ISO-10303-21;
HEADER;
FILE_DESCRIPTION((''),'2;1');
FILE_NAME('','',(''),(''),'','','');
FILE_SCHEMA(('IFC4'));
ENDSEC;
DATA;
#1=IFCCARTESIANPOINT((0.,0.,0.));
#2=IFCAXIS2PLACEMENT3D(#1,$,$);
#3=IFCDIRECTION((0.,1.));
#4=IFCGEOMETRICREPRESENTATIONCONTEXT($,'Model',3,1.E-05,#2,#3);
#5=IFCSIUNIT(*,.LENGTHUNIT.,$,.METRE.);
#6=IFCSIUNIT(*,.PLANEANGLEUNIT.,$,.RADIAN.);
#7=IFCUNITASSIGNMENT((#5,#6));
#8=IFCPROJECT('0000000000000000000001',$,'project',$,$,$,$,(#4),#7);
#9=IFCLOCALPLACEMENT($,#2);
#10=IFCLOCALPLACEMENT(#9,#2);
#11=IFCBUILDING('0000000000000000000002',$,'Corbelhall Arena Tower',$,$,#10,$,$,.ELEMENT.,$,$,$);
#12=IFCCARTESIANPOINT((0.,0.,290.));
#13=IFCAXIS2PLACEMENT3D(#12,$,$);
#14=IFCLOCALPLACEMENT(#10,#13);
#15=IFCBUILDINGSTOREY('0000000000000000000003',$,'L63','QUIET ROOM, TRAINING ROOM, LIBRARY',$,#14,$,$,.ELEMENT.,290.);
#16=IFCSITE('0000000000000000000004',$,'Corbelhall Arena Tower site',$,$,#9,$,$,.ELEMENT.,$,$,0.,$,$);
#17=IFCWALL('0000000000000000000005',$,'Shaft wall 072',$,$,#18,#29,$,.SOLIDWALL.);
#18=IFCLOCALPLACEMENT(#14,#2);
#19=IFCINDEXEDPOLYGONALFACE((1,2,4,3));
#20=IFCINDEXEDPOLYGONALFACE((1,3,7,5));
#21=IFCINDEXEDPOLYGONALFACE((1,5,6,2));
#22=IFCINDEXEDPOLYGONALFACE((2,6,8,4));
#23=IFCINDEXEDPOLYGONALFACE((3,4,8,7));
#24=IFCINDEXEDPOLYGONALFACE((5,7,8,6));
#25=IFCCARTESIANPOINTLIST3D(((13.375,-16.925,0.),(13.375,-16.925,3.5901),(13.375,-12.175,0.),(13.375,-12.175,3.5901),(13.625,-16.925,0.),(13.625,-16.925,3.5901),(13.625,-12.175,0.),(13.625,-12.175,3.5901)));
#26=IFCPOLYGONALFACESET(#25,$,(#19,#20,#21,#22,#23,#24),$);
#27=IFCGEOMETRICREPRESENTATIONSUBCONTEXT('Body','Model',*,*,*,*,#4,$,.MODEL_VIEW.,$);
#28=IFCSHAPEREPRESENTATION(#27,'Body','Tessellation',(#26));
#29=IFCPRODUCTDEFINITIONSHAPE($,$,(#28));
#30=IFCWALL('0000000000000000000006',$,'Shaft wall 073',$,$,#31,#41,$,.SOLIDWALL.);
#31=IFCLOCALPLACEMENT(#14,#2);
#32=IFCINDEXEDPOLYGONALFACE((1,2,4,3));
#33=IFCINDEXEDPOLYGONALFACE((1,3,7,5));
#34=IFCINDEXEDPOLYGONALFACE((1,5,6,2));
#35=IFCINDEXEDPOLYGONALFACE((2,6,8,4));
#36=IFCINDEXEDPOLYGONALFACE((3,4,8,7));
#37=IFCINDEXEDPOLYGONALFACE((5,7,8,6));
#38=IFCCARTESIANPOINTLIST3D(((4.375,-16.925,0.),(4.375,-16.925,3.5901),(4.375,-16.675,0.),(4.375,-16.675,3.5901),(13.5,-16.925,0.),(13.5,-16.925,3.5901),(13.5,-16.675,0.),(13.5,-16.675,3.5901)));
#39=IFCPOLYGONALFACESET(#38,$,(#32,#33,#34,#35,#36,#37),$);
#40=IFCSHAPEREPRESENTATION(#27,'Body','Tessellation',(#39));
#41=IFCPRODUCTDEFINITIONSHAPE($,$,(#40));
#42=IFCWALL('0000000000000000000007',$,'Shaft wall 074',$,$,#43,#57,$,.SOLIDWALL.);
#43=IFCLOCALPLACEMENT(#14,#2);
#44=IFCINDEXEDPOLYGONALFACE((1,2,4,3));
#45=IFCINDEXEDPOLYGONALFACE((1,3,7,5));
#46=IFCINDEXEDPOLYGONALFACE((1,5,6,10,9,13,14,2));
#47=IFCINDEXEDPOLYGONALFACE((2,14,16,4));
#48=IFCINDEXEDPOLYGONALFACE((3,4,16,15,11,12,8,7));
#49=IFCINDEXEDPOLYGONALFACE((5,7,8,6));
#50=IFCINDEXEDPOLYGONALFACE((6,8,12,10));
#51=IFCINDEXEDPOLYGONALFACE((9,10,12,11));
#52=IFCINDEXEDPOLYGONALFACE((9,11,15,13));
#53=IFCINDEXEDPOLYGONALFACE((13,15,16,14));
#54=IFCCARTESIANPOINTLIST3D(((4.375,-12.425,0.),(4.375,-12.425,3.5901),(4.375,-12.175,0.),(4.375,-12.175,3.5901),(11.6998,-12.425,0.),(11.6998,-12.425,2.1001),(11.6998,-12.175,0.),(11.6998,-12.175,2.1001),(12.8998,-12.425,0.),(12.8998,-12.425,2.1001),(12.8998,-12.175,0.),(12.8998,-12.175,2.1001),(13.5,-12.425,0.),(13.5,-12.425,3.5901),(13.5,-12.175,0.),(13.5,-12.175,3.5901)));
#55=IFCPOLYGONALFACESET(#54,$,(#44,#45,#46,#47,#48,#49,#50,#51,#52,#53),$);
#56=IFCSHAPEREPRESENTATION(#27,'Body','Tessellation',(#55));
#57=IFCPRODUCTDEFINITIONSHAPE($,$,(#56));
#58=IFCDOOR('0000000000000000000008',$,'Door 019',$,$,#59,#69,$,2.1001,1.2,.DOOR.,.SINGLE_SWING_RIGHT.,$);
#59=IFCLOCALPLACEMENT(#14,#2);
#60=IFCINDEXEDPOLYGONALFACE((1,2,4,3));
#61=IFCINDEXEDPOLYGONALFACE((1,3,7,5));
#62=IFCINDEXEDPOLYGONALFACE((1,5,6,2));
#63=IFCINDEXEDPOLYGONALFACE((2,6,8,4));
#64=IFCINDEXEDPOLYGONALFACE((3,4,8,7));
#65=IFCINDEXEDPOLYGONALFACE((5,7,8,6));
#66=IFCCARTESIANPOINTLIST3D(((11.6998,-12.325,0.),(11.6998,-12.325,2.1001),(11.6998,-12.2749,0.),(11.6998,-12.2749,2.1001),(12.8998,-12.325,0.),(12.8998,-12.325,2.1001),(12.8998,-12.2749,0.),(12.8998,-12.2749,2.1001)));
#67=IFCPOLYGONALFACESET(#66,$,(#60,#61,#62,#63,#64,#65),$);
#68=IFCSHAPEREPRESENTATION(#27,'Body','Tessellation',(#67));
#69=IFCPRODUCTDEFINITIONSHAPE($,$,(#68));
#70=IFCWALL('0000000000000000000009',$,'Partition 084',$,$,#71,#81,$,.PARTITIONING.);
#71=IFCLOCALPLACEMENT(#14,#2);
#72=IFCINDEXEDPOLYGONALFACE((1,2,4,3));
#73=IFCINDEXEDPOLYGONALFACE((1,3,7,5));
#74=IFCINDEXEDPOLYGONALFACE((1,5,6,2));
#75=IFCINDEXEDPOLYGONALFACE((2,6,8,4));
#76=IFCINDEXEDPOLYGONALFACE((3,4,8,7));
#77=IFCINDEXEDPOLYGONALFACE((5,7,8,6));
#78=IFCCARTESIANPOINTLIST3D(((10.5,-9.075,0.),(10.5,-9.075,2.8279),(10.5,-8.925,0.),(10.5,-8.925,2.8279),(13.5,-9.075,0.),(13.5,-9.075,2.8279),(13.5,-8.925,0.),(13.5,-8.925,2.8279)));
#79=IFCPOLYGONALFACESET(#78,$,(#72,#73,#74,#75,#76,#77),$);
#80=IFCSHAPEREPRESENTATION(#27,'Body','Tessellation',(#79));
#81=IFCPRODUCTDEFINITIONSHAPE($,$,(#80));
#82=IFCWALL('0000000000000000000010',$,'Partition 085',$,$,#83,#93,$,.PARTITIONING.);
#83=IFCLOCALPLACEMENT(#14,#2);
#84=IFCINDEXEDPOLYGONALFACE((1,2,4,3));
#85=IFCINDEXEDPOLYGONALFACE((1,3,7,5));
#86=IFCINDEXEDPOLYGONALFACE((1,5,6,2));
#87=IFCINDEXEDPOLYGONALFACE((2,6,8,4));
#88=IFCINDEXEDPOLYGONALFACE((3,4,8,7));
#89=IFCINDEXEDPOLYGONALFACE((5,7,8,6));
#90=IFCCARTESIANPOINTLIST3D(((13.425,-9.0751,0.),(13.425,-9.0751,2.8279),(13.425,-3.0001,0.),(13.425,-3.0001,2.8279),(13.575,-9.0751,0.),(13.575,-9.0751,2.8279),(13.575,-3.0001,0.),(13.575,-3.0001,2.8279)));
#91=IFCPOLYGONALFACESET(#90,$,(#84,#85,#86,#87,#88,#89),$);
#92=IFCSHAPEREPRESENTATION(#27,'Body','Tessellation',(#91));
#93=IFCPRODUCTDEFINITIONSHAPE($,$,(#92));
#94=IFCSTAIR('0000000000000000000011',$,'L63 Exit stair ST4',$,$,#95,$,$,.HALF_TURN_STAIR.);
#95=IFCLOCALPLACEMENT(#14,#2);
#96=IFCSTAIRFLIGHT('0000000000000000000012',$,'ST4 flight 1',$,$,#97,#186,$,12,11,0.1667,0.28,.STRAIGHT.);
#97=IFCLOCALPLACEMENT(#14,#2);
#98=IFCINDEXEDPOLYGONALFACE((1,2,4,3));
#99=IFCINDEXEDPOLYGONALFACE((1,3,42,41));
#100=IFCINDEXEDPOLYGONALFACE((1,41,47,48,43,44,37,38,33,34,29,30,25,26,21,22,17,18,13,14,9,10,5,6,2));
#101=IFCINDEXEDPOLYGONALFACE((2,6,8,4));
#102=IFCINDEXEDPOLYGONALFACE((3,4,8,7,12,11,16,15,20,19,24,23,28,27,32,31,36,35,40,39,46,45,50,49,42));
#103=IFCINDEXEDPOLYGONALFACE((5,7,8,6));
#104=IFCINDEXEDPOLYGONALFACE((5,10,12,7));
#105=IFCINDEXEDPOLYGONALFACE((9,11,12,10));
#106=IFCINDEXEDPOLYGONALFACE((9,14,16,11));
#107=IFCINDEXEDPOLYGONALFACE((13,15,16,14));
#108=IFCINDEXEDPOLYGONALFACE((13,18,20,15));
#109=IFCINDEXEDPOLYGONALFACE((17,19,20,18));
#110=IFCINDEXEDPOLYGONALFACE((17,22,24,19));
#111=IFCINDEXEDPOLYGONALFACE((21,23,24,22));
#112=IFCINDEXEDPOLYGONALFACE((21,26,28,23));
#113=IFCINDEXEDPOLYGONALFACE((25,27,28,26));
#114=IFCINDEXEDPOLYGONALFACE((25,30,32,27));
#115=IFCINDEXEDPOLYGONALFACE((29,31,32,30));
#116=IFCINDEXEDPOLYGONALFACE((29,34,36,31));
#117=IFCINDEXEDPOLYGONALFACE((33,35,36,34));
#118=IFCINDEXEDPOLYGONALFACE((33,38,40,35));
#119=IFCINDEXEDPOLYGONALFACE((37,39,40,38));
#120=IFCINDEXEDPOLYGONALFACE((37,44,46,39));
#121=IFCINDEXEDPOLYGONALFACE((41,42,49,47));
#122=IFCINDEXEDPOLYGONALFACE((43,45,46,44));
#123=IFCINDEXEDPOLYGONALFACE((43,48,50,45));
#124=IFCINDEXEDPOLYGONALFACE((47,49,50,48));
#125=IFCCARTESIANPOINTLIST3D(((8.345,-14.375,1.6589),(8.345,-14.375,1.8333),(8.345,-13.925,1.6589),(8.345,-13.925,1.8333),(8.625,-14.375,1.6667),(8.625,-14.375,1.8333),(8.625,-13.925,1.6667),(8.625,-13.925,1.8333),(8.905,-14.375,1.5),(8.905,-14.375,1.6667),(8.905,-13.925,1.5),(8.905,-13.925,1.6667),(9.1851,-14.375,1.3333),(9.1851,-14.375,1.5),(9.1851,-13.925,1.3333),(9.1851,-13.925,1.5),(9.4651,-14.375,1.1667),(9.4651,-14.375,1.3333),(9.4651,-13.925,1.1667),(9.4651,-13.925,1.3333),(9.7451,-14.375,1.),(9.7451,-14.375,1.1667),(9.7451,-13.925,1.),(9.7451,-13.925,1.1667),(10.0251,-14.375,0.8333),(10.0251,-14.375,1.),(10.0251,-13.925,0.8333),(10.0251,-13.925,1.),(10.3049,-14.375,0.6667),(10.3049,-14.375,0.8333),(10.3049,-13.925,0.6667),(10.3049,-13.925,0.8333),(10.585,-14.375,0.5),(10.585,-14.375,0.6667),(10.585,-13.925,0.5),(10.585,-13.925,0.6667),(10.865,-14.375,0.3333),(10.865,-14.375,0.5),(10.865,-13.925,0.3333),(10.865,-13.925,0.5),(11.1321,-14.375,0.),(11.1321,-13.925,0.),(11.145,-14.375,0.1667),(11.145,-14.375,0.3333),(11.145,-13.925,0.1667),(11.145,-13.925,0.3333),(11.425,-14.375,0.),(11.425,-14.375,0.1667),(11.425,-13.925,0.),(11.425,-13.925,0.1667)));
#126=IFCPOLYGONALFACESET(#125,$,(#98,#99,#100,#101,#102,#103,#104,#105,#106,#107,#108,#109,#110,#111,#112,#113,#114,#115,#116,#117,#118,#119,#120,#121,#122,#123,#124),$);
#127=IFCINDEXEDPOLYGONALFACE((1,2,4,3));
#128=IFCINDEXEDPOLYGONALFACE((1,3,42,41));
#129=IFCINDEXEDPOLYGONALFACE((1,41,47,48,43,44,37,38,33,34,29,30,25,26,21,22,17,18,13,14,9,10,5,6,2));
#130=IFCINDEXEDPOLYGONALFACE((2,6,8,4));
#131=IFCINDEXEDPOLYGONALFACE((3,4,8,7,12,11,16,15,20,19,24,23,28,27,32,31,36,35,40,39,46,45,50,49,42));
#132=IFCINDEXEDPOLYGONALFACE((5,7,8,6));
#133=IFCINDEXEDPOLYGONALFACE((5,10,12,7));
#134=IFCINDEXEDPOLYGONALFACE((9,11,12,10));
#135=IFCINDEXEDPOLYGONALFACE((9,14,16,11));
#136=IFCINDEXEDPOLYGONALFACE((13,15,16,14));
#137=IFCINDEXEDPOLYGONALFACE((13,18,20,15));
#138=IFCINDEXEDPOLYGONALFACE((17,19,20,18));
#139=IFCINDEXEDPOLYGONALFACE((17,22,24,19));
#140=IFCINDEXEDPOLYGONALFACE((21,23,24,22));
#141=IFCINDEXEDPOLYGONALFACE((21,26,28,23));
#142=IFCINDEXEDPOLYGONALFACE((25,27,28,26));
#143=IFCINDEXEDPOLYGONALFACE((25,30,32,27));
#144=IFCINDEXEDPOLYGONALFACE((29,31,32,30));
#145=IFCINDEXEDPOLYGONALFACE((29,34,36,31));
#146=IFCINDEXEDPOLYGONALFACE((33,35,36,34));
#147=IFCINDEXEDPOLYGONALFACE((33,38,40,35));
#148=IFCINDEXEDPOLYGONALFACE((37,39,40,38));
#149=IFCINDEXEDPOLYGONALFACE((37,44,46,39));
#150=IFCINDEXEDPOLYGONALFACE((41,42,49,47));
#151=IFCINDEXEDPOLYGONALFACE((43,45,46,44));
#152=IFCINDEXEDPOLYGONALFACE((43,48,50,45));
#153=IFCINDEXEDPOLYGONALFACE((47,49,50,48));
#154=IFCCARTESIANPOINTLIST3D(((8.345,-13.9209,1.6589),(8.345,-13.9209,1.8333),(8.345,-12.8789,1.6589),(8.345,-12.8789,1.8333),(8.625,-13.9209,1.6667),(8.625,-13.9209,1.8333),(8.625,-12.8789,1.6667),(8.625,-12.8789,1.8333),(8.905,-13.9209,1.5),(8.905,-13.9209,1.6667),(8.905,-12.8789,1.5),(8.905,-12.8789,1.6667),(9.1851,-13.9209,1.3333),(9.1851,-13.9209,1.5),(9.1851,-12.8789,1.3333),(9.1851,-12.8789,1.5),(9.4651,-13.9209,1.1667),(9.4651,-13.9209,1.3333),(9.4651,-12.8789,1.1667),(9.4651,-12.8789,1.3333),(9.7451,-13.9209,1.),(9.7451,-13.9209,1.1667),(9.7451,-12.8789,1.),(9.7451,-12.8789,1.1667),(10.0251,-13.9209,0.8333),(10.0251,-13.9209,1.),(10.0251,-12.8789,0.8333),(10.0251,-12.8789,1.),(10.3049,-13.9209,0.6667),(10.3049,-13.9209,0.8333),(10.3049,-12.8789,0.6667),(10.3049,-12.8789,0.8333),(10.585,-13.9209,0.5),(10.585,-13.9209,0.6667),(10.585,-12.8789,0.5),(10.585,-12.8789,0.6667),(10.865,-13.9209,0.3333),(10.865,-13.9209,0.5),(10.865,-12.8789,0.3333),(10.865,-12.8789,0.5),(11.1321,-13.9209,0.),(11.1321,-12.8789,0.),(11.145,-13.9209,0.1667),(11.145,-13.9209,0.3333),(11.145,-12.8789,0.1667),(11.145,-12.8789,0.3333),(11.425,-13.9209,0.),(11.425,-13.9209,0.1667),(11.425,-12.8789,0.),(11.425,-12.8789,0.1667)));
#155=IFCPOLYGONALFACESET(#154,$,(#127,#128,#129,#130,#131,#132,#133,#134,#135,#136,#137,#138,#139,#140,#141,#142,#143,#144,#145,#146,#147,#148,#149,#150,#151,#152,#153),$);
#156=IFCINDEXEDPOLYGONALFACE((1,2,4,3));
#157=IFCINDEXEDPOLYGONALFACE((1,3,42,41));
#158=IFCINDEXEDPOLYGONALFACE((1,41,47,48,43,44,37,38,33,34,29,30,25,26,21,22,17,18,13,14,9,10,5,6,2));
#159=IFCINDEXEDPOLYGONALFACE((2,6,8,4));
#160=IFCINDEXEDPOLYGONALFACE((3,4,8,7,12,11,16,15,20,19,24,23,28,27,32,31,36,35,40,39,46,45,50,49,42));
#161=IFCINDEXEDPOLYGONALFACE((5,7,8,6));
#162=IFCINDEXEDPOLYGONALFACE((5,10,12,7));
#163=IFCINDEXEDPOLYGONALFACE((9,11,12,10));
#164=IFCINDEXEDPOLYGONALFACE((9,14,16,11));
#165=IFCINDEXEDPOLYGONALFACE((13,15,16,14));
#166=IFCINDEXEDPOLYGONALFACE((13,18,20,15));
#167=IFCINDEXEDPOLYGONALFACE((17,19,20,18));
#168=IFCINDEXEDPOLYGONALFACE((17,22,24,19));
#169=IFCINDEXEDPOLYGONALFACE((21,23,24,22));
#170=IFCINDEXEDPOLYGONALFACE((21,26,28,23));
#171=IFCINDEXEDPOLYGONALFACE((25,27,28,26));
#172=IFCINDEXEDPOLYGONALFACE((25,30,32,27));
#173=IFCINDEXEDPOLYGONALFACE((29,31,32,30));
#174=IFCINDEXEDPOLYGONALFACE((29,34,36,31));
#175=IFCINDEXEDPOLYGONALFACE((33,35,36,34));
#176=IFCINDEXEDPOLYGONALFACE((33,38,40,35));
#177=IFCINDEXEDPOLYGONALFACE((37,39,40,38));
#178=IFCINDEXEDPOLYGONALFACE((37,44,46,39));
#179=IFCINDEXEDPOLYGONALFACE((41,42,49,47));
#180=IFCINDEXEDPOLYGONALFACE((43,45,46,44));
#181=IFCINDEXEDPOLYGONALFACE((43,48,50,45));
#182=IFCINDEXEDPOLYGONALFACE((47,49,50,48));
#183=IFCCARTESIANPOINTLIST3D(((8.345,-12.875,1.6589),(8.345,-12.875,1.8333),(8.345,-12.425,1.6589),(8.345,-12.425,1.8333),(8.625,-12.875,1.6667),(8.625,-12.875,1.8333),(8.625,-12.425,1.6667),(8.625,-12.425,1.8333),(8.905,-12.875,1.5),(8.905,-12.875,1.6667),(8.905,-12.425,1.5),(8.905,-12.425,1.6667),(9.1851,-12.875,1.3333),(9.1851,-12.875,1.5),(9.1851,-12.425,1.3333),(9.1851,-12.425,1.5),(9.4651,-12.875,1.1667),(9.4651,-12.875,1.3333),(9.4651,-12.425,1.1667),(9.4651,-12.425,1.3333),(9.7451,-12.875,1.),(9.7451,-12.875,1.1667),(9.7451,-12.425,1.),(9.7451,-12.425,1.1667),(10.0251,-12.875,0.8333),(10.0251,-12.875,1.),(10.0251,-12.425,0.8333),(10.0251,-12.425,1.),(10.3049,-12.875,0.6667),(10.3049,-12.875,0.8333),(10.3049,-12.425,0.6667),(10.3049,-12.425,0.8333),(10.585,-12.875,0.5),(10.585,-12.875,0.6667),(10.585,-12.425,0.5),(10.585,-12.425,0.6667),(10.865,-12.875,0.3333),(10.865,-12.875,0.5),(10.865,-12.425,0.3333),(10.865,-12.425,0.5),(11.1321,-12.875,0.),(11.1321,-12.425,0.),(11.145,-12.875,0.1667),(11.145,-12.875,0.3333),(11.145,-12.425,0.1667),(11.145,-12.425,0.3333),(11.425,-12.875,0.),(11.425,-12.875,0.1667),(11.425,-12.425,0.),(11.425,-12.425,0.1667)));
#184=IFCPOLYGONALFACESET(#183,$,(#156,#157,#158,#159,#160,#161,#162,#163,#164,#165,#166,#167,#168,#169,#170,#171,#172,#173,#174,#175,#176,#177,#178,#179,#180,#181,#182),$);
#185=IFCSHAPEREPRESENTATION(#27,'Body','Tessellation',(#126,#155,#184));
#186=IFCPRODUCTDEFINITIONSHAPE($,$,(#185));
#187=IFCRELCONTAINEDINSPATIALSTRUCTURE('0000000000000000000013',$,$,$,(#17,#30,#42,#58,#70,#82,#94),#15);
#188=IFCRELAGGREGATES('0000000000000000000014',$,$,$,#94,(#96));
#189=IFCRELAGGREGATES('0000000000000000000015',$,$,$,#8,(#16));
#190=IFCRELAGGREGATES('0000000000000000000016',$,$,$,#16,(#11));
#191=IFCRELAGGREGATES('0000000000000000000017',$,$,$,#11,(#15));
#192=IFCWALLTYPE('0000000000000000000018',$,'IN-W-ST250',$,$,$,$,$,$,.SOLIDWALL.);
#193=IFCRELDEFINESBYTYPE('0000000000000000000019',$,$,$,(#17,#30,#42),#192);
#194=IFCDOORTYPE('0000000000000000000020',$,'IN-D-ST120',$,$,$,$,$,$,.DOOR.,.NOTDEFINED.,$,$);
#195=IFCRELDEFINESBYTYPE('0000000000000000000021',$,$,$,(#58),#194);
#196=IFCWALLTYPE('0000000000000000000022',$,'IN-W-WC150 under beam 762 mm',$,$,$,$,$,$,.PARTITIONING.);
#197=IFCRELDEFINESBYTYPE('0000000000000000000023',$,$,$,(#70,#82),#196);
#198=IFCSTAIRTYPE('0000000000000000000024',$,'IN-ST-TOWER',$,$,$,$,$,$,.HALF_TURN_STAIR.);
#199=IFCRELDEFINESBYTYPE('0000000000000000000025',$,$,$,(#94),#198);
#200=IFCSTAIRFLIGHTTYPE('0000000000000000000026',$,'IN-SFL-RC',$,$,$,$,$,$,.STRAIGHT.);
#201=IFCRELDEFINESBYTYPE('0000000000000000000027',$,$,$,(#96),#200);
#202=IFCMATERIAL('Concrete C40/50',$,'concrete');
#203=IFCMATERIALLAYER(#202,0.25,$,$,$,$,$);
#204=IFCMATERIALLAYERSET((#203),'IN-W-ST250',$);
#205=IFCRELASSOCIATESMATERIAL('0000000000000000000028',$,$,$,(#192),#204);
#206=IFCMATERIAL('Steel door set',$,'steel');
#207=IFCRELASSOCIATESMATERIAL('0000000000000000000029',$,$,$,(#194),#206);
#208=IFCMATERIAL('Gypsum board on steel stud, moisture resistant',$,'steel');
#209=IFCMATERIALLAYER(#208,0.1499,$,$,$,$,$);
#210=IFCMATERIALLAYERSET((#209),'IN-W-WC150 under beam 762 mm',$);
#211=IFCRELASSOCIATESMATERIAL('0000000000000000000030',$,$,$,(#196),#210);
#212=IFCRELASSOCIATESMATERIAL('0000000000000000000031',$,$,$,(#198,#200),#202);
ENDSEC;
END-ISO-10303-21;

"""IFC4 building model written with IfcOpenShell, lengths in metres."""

from ifc_helpers import new_model, si_unit, direction, frame, frame_2d, origin, place, context, subcontext, project, spatial, polyline, rectangle, outline, extrude, material, layer, layer_set, type_object, element, fill, aggregate, save


model = new_model("IFC4")

# Units and contexts
model_context = context("Model", 3, precision=1e-05, world=origin(), true_north=direction((0.0, 1.0)))
body_context = subcontext(model_context, "Body", "Model", "MODEL_VIEW")
ifc_project = project(units=[si_unit("LENGTHUNIT", "METRE"), si_unit("PLANEANGLEUNIT", "RADIAN")], contexts=[model_context])

# Site, building, storey
site_placement = place(None, origin())
site = spatial("IfcSite", under=ifc_project, at=site_placement, Name="Corbelhall Arena Tower site", CompositionType="ELEMENT", RefElevation=0.0)
building_placement = place(site_placement, origin())
building = spatial("IfcBuilding", under=site, at=building_placement, Name="Corbelhall Arena Tower", CompositionType="ELEMENT")
storey_placement = place(building_placement, frame((0.0, 0.0, 290.0)))
storey = spatial("IfcBuildingStorey", under=building, at=storey_placement, Name="L63", Description="QUIET ROOM, TRAINING ROOM, LIBRARY", CompositionType="ELEMENT", Elevation=290.0)

# Walls
ifc_material_1 = material(Name="Concrete C40/50", Category="concrete")
ifc_layer_1 = layer(ifc_material_1, 0.25)
ifc_layer_set_1 = layer_set([ifc_layer_1], Name="IN-W-ST250")
wall_type_1 = type_object("IfcWallType", Name="IN-W-ST250", PredefinedType="SOLIDWALL", material=ifc_layer_set_1)
wall_1_placement = place(storey_placement, frame((13.5, -16.925, 0.0), z_axis=(0.0, 0.0, 1.0), x_axis=(0.0, 1.0, 0.0)))
element("IfcWall", 1, at=wall_1_placement, inside=storey, type_object=wall_type_1, Name="Shaft wall 072", PredefinedType="SOLIDWALL", context=body_context, shape_type="SweptSolid", body=[
    extrude(rectangle(XDim=4.75, YDim=0.25, at=frame_2d((2.375, 0.0))), origin(), (0.0, 0.0, 1.0), 3.5901),
])
wall_2_placement = place(storey_placement, frame((13.5, -16.8, 0.0), z_axis=(0.0, 0.0, 1.0), x_axis=(-1.0, 0.0, 0.0)))
element("IfcWall", 2, at=wall_2_placement, inside=storey, type_object=wall_type_1, Name="Shaft wall 073", PredefinedType="SOLIDWALL", context=body_context, shape_type="SweptSolid", body=[
    extrude(rectangle(XDim=9.125, YDim=0.25, at=frame_2d((4.5625, 0.0))), origin(), (0.0, 0.0, 1.0), 3.5901),
])

# Wall, opening, door
wall_3_placement = place(storey_placement, frame((13.5, -12.3, 0.0), z_axis=(0.0, 0.0, 1.0), x_axis=(-1.0, 0.0, 0.0)))
wall_3 = element("IfcWall", 3, at=wall_3_placement, inside=storey, type_object=wall_type_1, Name="Shaft wall 074", PredefinedType="SOLIDWALL", context=body_context, shape_type="SweptSolid", body=[
    extrude(rectangle(XDim=9.125, YDim=0.25, at=frame_2d((4.5625, 0.0))), origin(), (0.0, 0.0, 1.0), 3.5901),
])
opening_1_placement = place(wall_3_placement, frame((0.6001, 0.0, 0.0)))
opening_1 = element("IfcOpeningElement", 4, at=opening_1_placement, cuts=wall_3, PredefinedType="OPENING", context=body_context, shape_type="SweptSolid", body=[
    extrude(rectangle(XDim=1.2, YDim=2.1001, at=frame_2d((0.6001, 1.05))), frame((0.0, 0.125, 0.0), z_axis=(0.0, -1.0, 0.0), x_axis=(1.0, 0.0, 0.0)), (0.0, 0.0, 1.0), 0.25),
])
ifc_material_2 = material(Name="Steel door set", Category="steel")
door_type = type_object("IfcDoorType", Name="IN-D-ST120", OperationType="NOTDEFINED", PredefinedType="DOOR", material=ifc_material_2)
door_placement = place(opening_1_placement, origin())
door = element("IfcDoor", 5, at=door_placement, inside=storey, type_object=door_type, Name="Door 019", OperationType="SINGLE_SWING_RIGHT", OverallHeight=2.1001, OverallWidth=1.2, PredefinedType="DOOR", context=body_context, shape_type="SweptSolid", body=[
    extrude(rectangle(XDim=1.2, YDim=2.1001, at=frame_2d((0.6001, 1.05))), frame((0.0, 0.0249, 0.0), z_axis=(0.0, -1.0, 0.0), x_axis=(1.0, 0.0, 0.0)), (0.0, 0.0, 1.0), 0.05),
])
fill(opening_1, door)

# Walls
ifc_material_3 = material(Name="Gypsum board on steel stud, moisture resistant", Category="steel")
ifc_layer_2 = layer(ifc_material_3, 0.1499)
ifc_layer_set_2 = layer_set([ifc_layer_2], Name="IN-W-WC150 under beam 762 mm")
wall_type_2 = type_object("IfcWallType", Name="IN-W-WC150 under beam 762 mm", PredefinedType="PARTITIONING", material=ifc_layer_set_2)
wall_4_placement = place(storey_placement, frame((13.5, -9.0, 0.0), z_axis=(0.0, 0.0, 1.0), x_axis=(-1.0, 0.0, 0.0)))
element("IfcWall", 6, at=wall_4_placement, inside=storey, type_object=wall_type_2, Name="Partition 084", PredefinedType="PARTITIONING", context=body_context, shape_type="SweptSolid", body=[
    extrude(rectangle(XDim=3.0, YDim=0.1499, at=frame_2d((1.5, 0.0))), origin(), (0.0, 0.0, 1.0), 2.8279),
])
wall_5_placement = place(storey_placement, frame((13.5, -3.0, 0.0), z_axis=(0.0, 0.0, 1.0), x_axis=(0.0, -1.0, 0.0)))
element("IfcWall", 7, at=wall_5_placement, inside=storey, type_object=wall_type_2, Name="Partition 085", PredefinedType="PARTITIONING", context=body_context, shape_type="SweptSolid", body=[
    extrude(rectangle(XDim=6.075, YDim=0.1499, at=frame_2d((3.0376, 0.0))), origin(), (0.0, 0.0, 1.0), 2.8279),
])

# Stair, stair flight
stair_type = type_object("IfcStairType", Name="IN-ST-TOWER", PredefinedType="HALF_TURN_STAIR", material=ifc_material_1)
stair_placement = place(storey_placement, origin())
stair = element("IfcStair", 8, at=stair_placement, inside=storey, type_object=stair_type, Name="L63 Exit stair ST4", PredefinedType="HALF_TURN_STAIR")
stair_flight_type = type_object("IfcStairFlightType", Name="IN-SFL-RC", PredefinedType="STRAIGHT", material=ifc_material_1)
stair_flight_placement = place(storey_placement, frame((11.425, -13.3999, 0.0), z_axis=(0.0, 0.0, 1.0), x_axis=(-1.0, 0.0, 0.0)))
stair_flight = element("IfcStairFlight", 9, at=stair_flight_placement, type_object=stair_flight_type, Name="ST4 flight 1", NumberOfRisers=12, NumberOfTreads=11, PredefinedType="STRAIGHT", RiserHeight=0.1667, TreadLength=0.28, context=body_context, shape_type="SweptSolid", body=[
    extrude(outline(polyline([(0.0, 0.0), (0.0, 0.1667), (0.28, 0.1667), (0.28, 0.3333), (0.5601, 0.3333), (0.5601, 0.5), (0.8401, 0.5), (0.8401, 0.6667), (1.1201, 0.6667), (1.1201, 0.8333), (1.3999, 0.8333), (1.3999, 1.0), (1.6799, 1.0), (1.6799, 1.1667), (1.96, 1.1667), (1.96, 1.3333), (2.24, 1.3333), (2.24, 1.5), (2.52, 1.5), (2.52, 1.6667), (2.8, 1.6667), (2.8, 1.8333), (3.0801, 1.8333), (3.0801, 2.0), (3.0801, 1.6589), (0.293, 0.0), (0.0, 0.0)])), frame((0.0, 0.9751, 0.0), z_axis=(0.0, -1.0, 0.0), x_axis=(1.0, 0.0, 0.0)), (0.0, 0.0, 1.0), 0.45),
    extrude(outline(polyline([(0.0, 0.0), (0.0, 0.1667), (0.28, 0.1667), (0.28, 0.3333), (0.5601, 0.3333), (0.5601, 0.5), (0.8401, 0.5), (0.8401, 0.6667), (1.1201, 0.6667), (1.1201, 0.8333), (1.3999, 0.8333), (1.3999, 1.0), (1.6799, 1.0), (1.6799, 1.1667), (1.96, 1.1667), (1.96, 1.3333), (2.24, 1.3333), (2.24, 1.5), (2.52, 1.5), (2.52, 1.6667), (2.8, 1.6667), (2.8, 1.8333), (3.0801, 1.8333), (3.0801, 2.0), (3.0801, 1.6589), (0.293, 0.0), (0.0, 0.0)])), frame((0.0, 0.521, 0.0), z_axis=(0.0, -1.0, 0.0), x_axis=(1.0, 0.0, 0.0)), (0.0, 0.0, 1.0), 1.042),
    extrude(outline(polyline([(0.0, 0.0), (0.0, 0.1667), (0.28, 0.1667), (0.28, 0.3333), (0.5601, 0.3333), (0.5601, 0.5), (0.8401, 0.5), (0.8401, 0.6667), (1.1201, 0.6667), (1.1201, 0.8333), (1.3999, 0.8333), (1.3999, 1.0), (1.6799, 1.0), (1.6799, 1.1667), (1.96, 1.1667), (1.96, 1.3333), (2.24, 1.3333), (2.24, 1.5), (2.52, 1.5), (2.52, 1.6667), (2.8, 1.6667), (2.8, 1.8333), (3.0801, 1.8333), (3.0801, 2.0), (3.0801, 1.6589), (0.293, 0.0), (0.0, 0.0)])), frame((0.0, -0.5249, 0.0), z_axis=(0.0, -1.0, 0.0), x_axis=(1.0, 0.0, 0.0)), (0.0, 0.0, 1.0), 0.45),
])
aggregate(stair, [stair_flight])

save(model, "model.ifc")
